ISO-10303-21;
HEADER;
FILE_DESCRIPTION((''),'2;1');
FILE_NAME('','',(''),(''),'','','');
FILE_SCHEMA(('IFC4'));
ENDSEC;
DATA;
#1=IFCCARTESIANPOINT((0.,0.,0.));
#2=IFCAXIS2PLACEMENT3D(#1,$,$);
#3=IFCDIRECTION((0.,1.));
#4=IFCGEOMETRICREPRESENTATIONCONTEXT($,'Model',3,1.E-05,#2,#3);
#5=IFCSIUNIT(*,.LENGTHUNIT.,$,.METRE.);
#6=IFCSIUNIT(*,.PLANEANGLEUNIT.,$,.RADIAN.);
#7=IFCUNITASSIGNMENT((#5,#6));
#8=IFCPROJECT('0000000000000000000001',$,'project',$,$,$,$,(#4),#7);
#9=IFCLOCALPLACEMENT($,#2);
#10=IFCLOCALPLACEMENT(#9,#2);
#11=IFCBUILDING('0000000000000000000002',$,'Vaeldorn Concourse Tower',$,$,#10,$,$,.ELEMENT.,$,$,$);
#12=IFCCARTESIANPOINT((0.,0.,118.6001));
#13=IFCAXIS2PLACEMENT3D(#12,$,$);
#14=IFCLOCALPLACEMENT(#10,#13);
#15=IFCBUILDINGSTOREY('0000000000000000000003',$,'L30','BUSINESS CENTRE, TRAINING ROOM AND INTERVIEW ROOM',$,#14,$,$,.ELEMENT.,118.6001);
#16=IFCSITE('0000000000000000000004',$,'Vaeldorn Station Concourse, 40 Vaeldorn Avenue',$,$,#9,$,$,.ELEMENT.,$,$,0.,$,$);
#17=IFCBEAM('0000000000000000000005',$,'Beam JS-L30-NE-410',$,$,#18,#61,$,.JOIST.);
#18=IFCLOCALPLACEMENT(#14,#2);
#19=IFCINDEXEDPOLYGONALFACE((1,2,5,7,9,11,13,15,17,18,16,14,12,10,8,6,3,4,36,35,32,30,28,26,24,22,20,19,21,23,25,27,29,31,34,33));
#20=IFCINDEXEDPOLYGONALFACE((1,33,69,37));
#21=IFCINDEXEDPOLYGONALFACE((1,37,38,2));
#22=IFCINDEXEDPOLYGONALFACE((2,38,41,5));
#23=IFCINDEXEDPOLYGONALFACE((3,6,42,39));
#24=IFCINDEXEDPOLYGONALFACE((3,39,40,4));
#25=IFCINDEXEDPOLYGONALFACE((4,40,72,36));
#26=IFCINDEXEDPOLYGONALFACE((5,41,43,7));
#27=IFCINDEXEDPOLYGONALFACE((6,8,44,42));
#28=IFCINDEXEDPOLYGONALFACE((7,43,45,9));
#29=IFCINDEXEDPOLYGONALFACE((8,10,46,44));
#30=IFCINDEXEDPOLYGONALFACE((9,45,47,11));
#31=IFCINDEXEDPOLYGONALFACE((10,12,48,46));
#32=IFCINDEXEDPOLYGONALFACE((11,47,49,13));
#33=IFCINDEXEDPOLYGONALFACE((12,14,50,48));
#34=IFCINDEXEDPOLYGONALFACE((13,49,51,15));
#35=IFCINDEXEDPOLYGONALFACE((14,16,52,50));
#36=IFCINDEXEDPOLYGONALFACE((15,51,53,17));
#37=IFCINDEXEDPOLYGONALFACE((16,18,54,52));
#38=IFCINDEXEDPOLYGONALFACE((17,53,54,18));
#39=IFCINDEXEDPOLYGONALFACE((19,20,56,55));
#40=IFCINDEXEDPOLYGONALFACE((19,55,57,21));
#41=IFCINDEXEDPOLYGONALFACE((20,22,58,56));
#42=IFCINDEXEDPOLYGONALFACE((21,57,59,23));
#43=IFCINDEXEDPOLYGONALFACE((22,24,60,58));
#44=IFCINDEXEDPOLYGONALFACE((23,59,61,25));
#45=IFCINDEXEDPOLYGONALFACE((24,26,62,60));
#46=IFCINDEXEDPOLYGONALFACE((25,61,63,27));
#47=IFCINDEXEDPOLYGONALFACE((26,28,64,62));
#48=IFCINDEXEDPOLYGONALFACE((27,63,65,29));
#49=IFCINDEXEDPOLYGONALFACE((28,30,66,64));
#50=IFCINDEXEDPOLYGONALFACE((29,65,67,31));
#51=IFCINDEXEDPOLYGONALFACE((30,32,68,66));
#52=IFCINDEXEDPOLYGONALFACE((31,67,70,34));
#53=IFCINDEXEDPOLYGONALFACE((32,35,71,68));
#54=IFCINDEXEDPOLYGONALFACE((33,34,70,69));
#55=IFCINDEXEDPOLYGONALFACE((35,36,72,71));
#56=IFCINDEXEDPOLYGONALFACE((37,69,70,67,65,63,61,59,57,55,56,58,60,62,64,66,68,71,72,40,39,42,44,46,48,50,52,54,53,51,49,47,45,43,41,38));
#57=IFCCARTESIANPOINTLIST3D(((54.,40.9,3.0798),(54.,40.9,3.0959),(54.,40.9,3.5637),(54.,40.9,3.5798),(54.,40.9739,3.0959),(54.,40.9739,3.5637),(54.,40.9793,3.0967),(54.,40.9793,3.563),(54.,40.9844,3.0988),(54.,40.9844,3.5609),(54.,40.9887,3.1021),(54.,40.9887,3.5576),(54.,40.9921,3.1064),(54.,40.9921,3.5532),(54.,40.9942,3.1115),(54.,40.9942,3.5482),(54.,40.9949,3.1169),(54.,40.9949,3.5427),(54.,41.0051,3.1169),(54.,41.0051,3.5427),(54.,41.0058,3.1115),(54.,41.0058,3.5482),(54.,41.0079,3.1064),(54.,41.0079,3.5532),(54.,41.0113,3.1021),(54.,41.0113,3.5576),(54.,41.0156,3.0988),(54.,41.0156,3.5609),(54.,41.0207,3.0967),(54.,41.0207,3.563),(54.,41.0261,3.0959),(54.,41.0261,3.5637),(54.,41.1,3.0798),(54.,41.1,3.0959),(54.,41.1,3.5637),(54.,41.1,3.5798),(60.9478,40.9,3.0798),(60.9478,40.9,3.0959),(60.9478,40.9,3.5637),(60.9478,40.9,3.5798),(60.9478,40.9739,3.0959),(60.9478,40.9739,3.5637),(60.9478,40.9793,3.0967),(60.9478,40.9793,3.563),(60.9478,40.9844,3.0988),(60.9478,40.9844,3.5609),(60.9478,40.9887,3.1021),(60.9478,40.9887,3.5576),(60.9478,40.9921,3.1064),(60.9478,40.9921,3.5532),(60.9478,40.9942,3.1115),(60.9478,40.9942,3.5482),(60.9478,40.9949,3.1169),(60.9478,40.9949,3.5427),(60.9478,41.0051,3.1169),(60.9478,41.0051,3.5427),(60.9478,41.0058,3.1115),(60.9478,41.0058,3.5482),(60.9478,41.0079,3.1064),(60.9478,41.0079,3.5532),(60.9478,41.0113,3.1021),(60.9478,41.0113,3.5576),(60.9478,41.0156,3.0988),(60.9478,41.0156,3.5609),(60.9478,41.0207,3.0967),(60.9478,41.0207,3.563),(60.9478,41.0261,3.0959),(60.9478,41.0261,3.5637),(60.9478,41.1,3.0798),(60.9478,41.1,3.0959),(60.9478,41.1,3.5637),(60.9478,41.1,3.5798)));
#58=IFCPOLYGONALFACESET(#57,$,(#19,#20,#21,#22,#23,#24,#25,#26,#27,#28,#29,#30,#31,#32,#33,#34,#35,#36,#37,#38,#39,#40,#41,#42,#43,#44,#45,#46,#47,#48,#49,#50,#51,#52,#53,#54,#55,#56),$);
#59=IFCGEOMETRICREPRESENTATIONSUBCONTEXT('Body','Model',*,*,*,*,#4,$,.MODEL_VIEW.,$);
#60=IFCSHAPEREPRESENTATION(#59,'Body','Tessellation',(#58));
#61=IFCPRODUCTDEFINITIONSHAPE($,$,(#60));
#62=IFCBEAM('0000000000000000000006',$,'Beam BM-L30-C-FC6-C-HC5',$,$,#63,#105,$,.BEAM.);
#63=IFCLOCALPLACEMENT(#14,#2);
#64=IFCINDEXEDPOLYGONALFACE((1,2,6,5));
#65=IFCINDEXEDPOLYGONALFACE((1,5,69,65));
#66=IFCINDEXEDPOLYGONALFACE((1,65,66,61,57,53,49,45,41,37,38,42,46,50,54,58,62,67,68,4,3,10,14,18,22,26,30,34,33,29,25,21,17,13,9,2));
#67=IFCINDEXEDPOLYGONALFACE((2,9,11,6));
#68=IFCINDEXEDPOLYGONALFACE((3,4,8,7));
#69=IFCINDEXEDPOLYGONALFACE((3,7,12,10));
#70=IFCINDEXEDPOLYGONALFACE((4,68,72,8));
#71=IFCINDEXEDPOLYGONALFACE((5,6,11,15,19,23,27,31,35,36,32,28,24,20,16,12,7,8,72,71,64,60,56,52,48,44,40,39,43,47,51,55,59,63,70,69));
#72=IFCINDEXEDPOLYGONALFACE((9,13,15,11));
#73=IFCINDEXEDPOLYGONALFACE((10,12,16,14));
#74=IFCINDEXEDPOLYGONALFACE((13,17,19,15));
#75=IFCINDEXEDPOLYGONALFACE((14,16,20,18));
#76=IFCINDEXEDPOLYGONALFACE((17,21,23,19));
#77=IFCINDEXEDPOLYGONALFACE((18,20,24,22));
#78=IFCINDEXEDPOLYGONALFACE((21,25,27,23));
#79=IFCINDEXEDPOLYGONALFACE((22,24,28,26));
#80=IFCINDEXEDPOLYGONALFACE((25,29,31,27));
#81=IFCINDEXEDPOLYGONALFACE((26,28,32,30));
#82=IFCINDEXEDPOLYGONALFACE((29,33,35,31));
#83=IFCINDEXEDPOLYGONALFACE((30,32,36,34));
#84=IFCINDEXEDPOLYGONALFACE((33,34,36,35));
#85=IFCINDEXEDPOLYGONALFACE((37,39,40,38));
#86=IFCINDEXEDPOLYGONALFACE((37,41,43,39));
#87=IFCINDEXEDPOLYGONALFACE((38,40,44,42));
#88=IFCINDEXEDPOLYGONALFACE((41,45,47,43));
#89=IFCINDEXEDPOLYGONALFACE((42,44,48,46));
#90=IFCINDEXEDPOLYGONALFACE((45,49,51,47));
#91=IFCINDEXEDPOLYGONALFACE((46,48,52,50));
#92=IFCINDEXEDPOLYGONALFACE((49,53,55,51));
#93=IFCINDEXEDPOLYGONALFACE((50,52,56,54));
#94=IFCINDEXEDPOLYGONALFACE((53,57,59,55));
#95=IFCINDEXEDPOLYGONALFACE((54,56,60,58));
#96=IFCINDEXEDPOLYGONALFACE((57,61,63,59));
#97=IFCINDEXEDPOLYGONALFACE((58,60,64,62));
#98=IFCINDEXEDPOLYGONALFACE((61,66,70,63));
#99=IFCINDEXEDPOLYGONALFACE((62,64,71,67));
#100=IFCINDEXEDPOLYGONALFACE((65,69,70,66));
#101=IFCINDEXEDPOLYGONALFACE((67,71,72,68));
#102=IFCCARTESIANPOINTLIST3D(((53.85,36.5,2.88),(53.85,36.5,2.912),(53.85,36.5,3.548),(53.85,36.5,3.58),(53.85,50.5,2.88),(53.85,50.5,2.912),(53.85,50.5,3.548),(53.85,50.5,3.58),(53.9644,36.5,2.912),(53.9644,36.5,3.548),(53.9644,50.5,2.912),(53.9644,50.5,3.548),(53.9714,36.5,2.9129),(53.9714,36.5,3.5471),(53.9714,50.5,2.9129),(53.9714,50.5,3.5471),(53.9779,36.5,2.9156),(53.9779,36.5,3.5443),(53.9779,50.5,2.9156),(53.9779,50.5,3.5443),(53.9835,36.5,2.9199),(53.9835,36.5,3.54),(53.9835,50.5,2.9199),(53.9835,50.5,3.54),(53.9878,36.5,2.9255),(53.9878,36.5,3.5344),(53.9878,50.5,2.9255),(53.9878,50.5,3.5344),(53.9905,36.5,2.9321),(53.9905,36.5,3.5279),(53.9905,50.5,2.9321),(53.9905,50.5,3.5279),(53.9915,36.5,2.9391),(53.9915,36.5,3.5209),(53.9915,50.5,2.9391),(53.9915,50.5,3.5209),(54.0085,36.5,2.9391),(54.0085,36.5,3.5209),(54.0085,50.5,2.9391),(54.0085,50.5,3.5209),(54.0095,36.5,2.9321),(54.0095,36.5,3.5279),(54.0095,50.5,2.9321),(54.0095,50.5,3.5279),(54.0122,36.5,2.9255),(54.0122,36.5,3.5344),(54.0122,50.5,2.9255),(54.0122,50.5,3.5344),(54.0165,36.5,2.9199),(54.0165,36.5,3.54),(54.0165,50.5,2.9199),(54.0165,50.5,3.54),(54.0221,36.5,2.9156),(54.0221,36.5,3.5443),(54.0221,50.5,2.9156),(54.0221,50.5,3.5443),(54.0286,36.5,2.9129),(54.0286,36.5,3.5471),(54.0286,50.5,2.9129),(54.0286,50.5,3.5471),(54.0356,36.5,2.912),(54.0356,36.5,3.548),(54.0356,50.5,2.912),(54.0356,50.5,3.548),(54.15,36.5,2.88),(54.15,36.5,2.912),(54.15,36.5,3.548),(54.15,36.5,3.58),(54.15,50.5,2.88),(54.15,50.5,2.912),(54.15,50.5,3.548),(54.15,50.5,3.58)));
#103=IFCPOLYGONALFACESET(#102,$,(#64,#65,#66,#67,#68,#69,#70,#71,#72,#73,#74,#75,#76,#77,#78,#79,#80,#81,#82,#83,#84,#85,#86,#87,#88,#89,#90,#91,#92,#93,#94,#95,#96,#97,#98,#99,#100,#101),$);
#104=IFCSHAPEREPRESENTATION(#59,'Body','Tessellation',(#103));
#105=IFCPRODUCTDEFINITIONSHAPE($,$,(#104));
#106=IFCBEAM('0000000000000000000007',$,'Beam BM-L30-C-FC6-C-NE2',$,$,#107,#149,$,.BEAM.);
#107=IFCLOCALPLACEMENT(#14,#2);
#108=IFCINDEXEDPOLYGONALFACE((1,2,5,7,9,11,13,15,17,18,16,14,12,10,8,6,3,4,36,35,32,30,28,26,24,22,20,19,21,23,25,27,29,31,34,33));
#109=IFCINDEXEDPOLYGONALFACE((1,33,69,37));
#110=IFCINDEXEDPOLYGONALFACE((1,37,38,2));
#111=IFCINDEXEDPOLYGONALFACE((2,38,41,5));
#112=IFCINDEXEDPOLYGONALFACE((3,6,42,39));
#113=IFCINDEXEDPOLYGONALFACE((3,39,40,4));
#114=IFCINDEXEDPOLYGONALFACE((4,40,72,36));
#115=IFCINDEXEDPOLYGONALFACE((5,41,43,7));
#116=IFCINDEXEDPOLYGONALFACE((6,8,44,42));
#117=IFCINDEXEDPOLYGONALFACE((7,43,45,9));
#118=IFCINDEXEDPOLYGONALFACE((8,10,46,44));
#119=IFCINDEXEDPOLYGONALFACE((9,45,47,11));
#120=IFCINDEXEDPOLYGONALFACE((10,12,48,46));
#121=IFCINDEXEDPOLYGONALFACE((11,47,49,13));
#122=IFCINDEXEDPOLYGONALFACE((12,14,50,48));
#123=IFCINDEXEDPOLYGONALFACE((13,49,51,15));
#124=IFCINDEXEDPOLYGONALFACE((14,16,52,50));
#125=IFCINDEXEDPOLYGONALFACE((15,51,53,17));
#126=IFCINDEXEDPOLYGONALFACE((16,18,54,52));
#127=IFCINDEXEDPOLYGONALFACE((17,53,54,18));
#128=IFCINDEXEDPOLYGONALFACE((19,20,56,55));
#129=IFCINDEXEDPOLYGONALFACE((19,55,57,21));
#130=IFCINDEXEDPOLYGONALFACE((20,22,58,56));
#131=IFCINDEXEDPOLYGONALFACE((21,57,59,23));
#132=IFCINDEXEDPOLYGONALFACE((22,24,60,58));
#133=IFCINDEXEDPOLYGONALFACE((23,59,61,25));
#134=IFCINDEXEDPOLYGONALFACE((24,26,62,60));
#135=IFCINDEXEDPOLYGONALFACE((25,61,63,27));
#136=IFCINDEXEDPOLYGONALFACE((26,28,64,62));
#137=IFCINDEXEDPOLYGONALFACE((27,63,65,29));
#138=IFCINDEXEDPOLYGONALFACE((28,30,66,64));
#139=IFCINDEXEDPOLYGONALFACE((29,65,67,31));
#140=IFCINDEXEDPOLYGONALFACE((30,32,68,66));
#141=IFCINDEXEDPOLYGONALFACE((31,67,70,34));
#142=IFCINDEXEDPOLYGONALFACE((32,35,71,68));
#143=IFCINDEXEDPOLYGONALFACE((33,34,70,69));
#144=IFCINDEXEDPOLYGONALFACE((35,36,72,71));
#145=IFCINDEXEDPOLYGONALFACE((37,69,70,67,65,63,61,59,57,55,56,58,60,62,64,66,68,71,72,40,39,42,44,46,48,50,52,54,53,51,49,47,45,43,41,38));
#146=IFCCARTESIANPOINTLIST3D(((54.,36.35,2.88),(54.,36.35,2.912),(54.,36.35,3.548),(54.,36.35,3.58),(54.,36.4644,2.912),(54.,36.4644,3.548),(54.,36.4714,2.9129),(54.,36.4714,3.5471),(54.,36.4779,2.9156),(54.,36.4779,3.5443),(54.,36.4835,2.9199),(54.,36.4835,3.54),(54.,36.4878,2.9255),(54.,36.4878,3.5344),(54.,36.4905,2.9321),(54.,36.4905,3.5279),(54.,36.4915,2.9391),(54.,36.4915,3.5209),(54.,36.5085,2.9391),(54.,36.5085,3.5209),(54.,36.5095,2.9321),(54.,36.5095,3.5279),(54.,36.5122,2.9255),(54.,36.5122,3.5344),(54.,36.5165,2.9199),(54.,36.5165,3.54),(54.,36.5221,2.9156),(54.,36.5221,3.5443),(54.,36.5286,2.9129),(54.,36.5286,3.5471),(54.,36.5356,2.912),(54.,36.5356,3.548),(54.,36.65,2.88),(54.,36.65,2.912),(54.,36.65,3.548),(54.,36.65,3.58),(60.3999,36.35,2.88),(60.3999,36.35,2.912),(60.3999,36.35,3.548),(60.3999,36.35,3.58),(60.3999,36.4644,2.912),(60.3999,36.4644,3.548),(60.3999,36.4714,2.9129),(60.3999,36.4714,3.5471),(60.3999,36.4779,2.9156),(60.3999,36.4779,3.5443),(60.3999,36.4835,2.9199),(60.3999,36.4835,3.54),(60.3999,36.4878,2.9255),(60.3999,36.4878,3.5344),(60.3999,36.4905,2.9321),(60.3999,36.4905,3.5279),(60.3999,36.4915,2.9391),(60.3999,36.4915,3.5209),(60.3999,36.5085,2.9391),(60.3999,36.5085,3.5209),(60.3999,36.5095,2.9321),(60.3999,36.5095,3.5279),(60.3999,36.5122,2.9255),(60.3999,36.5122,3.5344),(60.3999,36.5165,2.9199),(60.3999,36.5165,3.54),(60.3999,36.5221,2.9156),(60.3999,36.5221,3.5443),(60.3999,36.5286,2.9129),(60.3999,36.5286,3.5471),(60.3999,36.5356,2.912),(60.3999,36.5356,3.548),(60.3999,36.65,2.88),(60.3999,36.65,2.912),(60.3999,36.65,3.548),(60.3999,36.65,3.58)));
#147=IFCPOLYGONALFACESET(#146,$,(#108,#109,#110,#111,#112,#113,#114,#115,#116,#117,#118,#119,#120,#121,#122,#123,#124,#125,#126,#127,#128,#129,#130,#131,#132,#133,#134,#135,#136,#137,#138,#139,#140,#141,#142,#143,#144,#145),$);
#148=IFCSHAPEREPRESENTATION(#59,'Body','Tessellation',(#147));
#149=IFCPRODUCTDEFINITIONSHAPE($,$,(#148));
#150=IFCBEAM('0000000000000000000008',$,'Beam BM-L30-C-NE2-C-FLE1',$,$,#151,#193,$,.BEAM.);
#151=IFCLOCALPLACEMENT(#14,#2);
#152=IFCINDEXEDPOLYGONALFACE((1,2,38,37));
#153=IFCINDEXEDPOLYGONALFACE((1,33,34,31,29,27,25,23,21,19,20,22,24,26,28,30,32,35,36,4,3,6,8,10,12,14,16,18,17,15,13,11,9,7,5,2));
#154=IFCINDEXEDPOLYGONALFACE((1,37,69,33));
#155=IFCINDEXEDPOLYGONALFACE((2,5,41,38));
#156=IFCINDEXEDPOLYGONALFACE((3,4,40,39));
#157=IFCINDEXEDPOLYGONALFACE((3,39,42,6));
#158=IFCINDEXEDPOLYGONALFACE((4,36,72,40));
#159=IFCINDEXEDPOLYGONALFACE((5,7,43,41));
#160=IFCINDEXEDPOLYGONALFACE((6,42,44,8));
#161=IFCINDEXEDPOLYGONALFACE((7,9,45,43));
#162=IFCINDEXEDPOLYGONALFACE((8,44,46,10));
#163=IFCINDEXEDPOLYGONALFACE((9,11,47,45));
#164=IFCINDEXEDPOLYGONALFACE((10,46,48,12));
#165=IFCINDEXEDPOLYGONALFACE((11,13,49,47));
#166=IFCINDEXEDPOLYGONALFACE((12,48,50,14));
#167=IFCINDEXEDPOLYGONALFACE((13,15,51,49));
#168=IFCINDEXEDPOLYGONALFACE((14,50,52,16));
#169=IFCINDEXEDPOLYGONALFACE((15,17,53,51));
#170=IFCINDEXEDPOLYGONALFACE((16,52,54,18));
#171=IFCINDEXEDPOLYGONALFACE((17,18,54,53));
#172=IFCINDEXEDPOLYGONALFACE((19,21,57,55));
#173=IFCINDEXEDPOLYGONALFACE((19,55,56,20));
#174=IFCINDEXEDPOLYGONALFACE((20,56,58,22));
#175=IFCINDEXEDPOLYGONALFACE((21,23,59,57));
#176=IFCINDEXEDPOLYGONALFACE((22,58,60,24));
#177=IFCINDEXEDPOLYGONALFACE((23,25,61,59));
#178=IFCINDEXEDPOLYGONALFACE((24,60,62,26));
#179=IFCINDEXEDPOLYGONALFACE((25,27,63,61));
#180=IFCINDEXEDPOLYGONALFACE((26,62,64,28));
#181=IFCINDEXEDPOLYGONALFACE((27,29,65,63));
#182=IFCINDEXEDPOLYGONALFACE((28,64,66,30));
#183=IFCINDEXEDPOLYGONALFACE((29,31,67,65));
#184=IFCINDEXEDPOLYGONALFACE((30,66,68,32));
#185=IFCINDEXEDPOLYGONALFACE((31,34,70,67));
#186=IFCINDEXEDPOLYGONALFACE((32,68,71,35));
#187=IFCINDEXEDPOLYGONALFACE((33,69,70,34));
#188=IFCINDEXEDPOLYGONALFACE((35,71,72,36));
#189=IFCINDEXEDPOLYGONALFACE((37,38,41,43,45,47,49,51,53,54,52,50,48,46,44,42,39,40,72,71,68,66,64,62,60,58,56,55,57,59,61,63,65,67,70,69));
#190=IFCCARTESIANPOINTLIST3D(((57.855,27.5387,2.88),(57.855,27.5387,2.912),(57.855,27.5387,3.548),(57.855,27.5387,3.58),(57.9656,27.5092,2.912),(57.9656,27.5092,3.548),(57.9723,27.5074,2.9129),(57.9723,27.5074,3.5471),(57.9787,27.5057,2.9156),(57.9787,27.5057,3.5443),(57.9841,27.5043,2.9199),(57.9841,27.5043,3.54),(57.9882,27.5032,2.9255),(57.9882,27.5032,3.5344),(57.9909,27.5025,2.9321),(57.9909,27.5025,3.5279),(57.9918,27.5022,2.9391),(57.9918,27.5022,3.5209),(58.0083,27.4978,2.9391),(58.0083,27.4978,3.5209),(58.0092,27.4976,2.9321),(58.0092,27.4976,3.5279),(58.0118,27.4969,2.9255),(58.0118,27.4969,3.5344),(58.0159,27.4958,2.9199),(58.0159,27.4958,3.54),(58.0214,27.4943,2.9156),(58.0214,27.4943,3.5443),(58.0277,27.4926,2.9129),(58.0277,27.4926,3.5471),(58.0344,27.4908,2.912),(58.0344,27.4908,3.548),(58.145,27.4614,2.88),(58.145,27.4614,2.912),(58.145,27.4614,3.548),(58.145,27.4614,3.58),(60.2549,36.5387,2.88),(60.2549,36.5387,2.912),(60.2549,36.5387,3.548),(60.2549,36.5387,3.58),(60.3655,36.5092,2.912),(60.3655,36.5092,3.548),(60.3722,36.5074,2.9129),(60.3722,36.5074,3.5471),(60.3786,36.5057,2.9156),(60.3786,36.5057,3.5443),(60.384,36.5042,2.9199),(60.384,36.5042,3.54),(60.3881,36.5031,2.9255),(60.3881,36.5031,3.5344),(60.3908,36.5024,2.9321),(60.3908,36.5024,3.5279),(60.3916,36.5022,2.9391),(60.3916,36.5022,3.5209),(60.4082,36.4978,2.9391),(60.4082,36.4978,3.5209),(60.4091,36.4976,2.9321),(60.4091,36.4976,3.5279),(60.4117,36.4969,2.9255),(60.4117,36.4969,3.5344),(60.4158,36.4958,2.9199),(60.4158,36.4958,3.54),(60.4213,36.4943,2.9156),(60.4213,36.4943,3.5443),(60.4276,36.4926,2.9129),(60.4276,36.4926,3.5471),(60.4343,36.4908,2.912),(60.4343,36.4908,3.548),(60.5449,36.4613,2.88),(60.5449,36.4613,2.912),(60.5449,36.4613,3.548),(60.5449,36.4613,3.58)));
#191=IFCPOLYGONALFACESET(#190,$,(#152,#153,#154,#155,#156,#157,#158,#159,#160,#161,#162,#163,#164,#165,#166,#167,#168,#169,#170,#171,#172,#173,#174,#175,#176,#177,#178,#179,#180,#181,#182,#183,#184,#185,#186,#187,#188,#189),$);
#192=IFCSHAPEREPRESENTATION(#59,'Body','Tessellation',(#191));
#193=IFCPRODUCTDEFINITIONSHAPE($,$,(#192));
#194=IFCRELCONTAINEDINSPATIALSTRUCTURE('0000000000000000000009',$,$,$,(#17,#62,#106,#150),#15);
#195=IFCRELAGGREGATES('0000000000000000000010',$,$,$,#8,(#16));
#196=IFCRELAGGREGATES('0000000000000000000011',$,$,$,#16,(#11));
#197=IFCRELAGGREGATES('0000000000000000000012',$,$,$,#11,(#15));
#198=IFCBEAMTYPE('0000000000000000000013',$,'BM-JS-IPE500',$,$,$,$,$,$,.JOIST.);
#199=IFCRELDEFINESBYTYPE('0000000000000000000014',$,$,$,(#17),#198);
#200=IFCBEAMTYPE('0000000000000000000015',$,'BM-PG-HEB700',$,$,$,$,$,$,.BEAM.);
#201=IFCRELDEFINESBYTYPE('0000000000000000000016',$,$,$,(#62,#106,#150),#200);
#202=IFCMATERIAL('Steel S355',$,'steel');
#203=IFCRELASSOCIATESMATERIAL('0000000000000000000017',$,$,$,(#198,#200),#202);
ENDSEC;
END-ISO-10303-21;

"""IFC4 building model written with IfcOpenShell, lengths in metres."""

from ifc_helpers import new_model, si_unit, direction, frame, origin, origin_2d, place, context, subcontext, project, spatial, i_section, extrude, source, transform, mapped, material, material_profile, profile_set, type_object, element, save


model = new_model("IFC4")

# Units and contexts
model_context = context("Model", 3, precision=1e-05, world=origin(), true_north=direction((0.0, 1.0)))
body_context = subcontext(model_context, "Body", "Model", "MODEL_VIEW")
ifc_project = project(units=[si_unit("LENGTHUNIT", "METRE"), si_unit("PLANEANGLEUNIT", "RADIAN")], contexts=[model_context])

# Site, building, storey
site_placement = place(None, origin())
site = spatial("IfcSite", under=ifc_project, at=site_placement, Name="Vaeldorn Station Concourse, 40 Vaeldorn Avenue", CompositionType="ELEMENT", RefElevation=0.0)
building_placement = place(site_placement, origin())
building = spatial("IfcBuilding", under=site, at=building_placement, Name="Vaeldorn Concourse Tower", CompositionType="ELEMENT")
storey_placement = place(building_placement, frame((0.0, 0.0, 118.6001)))
storey = spatial("IfcBuildingStorey", under=building, at=storey_placement, Name="L30", Description="BUSINESS CENTRE, TRAINING ROOM AND INTERVIEW ROOM", CompositionType="ELEMENT", Elevation=118.6001)

# Beams
ifc_material_1 = material(Name="Steel S355", Category="steel")
ifc_material_profile_1 = material_profile(ifc_material_1, i_section(OverallWidth=0.2, OverallDepth=0.5, WebThickness=0.0103, FlangeThickness=0.0161, FilletRadius=0.021, at=origin_2d()), Name="IPE 500")
ifc_profile_set_1 = profile_set([ifc_material_profile_1], Name="Steel S355")
beam_type_1 = type_object("IfcBeamType", Name="BM-JS-IPE500", PredefinedType="JOIST", material=ifc_profile_set_1)
shared_shape_1 = source(origin(), body_context, "Body", "SweptSolid", [
    extrude(i_section(OverallWidth=0.2, OverallDepth=0.5, WebThickness=0.0103, FlangeThickness=0.0161, FilletRadius=0.021, at=origin_2d()), origin(), (0.0, 0.0, 1.0), 6.9478),
])
beam_1_placement = place(storey_placement, frame((54.0, 41.0, 3.3298), z_axis=(1.0, 0.0, 0.0), x_axis=(0.0, 1.0, 0.0)))
element("IfcBeam", 1, at=beam_1_placement, inside=storey, type_object=beam_type_1, Name="Beam JS-L30-NE-410", PredefinedType="JOIST", context=body_context, shape_type="MappedRepresentation", body=[
    mapped(shared_shape_1, transform((0.0, 0.0, 0.0), scale=1.0)),
])
ifc_material_profile_2 = material_profile(ifc_material_1, i_section(OverallWidth=0.3, OverallDepth=0.7, WebThickness=0.0171, FlangeThickness=0.032, FilletRadius=0.0271, at=origin_2d()), Name="HEB 700")
ifc_profile_set_2 = profile_set([ifc_material_profile_2], Name="Steel S355")
beam_type_2 = type_object("IfcBeamType", Name="BM-PG-HEB700", PredefinedType="BEAM", material=ifc_profile_set_2)
shared_shape_2 = source(origin(), body_context, "Body", "SweptSolid", [
    extrude(i_section(OverallWidth=0.3, OverallDepth=0.7, WebThickness=0.0171, FlangeThickness=0.032, FilletRadius=0.0271, at=origin_2d()), origin(), (0.0, 0.0, 1.0), 14.0),
])
beam_2_placement = place(storey_placement, frame((54.0, 36.5, 3.23), z_axis=(0.0, 1.0, 0.0), x_axis=(-1.0, 0.0, 0.0)))
element("IfcBeam", 2, at=beam_2_placement, inside=storey, type_object=beam_type_2, Name="Beam BM-L30-C-FC6-C-HC5", PredefinedType="BEAM", context=body_context, shape_type="MappedRepresentation", body=[
    mapped(shared_shape_2, transform((0.0, 0.0, 0.0), scale=1.0)),
])
shared_shape_3 = source(origin(), body_context, "Body", "SweptSolid", [
    extrude(i_section(OverallWidth=0.3, OverallDepth=0.7, WebThickness=0.0171, FlangeThickness=0.032, FilletRadius=0.0271, at=origin_2d()), origin(), (0.0, 0.0, 1.0), 6.3999),
])
beam_3_placement = place(storey_placement, frame((54.0, 36.5, 3.23), z_axis=(1.0, 0.0, 0.0), x_axis=(0.0, 1.0, 0.0)))
element("IfcBeam", 3, at=beam_3_placement, inside=storey, type_object=beam_type_2, Name="Beam BM-L30-C-FC6-C-NE2", PredefinedType="BEAM", context=body_context, shape_type="MappedRepresentation", body=[
    mapped(shared_shape_3, transform((0.0, 0.0, 0.0), scale=1.0)),
])
shared_shape_4 = source(origin(), body_context, "Body", "SweptSolid", [
    extrude(i_section(OverallWidth=0.3, OverallDepth=0.7, WebThickness=0.0171, FlangeThickness=0.032, FilletRadius=0.0271, at=origin_2d()), origin(), (0.0, 0.0, 1.0), 9.3145),
])
beam_4_placement = place(storey_placement, frame((60.3999, 36.5, 3.23), z_axis=(-0.257653, -0.966238, 0.0), x_axis=(0.966238, -0.257653, 0.0)))
element("IfcBeam", 4, at=beam_4_placement, inside=storey, type_object=beam_type_2, Name="Beam BM-L30-C-NE2-C-FLE1", PredefinedType="BEAM", context=body_context, shape_type="MappedRepresentation", body=[
    mapped(shared_shape_4, transform((0.0, 0.0, 0.0), scale=1.0)),
])

save(model, "model.ifc")
